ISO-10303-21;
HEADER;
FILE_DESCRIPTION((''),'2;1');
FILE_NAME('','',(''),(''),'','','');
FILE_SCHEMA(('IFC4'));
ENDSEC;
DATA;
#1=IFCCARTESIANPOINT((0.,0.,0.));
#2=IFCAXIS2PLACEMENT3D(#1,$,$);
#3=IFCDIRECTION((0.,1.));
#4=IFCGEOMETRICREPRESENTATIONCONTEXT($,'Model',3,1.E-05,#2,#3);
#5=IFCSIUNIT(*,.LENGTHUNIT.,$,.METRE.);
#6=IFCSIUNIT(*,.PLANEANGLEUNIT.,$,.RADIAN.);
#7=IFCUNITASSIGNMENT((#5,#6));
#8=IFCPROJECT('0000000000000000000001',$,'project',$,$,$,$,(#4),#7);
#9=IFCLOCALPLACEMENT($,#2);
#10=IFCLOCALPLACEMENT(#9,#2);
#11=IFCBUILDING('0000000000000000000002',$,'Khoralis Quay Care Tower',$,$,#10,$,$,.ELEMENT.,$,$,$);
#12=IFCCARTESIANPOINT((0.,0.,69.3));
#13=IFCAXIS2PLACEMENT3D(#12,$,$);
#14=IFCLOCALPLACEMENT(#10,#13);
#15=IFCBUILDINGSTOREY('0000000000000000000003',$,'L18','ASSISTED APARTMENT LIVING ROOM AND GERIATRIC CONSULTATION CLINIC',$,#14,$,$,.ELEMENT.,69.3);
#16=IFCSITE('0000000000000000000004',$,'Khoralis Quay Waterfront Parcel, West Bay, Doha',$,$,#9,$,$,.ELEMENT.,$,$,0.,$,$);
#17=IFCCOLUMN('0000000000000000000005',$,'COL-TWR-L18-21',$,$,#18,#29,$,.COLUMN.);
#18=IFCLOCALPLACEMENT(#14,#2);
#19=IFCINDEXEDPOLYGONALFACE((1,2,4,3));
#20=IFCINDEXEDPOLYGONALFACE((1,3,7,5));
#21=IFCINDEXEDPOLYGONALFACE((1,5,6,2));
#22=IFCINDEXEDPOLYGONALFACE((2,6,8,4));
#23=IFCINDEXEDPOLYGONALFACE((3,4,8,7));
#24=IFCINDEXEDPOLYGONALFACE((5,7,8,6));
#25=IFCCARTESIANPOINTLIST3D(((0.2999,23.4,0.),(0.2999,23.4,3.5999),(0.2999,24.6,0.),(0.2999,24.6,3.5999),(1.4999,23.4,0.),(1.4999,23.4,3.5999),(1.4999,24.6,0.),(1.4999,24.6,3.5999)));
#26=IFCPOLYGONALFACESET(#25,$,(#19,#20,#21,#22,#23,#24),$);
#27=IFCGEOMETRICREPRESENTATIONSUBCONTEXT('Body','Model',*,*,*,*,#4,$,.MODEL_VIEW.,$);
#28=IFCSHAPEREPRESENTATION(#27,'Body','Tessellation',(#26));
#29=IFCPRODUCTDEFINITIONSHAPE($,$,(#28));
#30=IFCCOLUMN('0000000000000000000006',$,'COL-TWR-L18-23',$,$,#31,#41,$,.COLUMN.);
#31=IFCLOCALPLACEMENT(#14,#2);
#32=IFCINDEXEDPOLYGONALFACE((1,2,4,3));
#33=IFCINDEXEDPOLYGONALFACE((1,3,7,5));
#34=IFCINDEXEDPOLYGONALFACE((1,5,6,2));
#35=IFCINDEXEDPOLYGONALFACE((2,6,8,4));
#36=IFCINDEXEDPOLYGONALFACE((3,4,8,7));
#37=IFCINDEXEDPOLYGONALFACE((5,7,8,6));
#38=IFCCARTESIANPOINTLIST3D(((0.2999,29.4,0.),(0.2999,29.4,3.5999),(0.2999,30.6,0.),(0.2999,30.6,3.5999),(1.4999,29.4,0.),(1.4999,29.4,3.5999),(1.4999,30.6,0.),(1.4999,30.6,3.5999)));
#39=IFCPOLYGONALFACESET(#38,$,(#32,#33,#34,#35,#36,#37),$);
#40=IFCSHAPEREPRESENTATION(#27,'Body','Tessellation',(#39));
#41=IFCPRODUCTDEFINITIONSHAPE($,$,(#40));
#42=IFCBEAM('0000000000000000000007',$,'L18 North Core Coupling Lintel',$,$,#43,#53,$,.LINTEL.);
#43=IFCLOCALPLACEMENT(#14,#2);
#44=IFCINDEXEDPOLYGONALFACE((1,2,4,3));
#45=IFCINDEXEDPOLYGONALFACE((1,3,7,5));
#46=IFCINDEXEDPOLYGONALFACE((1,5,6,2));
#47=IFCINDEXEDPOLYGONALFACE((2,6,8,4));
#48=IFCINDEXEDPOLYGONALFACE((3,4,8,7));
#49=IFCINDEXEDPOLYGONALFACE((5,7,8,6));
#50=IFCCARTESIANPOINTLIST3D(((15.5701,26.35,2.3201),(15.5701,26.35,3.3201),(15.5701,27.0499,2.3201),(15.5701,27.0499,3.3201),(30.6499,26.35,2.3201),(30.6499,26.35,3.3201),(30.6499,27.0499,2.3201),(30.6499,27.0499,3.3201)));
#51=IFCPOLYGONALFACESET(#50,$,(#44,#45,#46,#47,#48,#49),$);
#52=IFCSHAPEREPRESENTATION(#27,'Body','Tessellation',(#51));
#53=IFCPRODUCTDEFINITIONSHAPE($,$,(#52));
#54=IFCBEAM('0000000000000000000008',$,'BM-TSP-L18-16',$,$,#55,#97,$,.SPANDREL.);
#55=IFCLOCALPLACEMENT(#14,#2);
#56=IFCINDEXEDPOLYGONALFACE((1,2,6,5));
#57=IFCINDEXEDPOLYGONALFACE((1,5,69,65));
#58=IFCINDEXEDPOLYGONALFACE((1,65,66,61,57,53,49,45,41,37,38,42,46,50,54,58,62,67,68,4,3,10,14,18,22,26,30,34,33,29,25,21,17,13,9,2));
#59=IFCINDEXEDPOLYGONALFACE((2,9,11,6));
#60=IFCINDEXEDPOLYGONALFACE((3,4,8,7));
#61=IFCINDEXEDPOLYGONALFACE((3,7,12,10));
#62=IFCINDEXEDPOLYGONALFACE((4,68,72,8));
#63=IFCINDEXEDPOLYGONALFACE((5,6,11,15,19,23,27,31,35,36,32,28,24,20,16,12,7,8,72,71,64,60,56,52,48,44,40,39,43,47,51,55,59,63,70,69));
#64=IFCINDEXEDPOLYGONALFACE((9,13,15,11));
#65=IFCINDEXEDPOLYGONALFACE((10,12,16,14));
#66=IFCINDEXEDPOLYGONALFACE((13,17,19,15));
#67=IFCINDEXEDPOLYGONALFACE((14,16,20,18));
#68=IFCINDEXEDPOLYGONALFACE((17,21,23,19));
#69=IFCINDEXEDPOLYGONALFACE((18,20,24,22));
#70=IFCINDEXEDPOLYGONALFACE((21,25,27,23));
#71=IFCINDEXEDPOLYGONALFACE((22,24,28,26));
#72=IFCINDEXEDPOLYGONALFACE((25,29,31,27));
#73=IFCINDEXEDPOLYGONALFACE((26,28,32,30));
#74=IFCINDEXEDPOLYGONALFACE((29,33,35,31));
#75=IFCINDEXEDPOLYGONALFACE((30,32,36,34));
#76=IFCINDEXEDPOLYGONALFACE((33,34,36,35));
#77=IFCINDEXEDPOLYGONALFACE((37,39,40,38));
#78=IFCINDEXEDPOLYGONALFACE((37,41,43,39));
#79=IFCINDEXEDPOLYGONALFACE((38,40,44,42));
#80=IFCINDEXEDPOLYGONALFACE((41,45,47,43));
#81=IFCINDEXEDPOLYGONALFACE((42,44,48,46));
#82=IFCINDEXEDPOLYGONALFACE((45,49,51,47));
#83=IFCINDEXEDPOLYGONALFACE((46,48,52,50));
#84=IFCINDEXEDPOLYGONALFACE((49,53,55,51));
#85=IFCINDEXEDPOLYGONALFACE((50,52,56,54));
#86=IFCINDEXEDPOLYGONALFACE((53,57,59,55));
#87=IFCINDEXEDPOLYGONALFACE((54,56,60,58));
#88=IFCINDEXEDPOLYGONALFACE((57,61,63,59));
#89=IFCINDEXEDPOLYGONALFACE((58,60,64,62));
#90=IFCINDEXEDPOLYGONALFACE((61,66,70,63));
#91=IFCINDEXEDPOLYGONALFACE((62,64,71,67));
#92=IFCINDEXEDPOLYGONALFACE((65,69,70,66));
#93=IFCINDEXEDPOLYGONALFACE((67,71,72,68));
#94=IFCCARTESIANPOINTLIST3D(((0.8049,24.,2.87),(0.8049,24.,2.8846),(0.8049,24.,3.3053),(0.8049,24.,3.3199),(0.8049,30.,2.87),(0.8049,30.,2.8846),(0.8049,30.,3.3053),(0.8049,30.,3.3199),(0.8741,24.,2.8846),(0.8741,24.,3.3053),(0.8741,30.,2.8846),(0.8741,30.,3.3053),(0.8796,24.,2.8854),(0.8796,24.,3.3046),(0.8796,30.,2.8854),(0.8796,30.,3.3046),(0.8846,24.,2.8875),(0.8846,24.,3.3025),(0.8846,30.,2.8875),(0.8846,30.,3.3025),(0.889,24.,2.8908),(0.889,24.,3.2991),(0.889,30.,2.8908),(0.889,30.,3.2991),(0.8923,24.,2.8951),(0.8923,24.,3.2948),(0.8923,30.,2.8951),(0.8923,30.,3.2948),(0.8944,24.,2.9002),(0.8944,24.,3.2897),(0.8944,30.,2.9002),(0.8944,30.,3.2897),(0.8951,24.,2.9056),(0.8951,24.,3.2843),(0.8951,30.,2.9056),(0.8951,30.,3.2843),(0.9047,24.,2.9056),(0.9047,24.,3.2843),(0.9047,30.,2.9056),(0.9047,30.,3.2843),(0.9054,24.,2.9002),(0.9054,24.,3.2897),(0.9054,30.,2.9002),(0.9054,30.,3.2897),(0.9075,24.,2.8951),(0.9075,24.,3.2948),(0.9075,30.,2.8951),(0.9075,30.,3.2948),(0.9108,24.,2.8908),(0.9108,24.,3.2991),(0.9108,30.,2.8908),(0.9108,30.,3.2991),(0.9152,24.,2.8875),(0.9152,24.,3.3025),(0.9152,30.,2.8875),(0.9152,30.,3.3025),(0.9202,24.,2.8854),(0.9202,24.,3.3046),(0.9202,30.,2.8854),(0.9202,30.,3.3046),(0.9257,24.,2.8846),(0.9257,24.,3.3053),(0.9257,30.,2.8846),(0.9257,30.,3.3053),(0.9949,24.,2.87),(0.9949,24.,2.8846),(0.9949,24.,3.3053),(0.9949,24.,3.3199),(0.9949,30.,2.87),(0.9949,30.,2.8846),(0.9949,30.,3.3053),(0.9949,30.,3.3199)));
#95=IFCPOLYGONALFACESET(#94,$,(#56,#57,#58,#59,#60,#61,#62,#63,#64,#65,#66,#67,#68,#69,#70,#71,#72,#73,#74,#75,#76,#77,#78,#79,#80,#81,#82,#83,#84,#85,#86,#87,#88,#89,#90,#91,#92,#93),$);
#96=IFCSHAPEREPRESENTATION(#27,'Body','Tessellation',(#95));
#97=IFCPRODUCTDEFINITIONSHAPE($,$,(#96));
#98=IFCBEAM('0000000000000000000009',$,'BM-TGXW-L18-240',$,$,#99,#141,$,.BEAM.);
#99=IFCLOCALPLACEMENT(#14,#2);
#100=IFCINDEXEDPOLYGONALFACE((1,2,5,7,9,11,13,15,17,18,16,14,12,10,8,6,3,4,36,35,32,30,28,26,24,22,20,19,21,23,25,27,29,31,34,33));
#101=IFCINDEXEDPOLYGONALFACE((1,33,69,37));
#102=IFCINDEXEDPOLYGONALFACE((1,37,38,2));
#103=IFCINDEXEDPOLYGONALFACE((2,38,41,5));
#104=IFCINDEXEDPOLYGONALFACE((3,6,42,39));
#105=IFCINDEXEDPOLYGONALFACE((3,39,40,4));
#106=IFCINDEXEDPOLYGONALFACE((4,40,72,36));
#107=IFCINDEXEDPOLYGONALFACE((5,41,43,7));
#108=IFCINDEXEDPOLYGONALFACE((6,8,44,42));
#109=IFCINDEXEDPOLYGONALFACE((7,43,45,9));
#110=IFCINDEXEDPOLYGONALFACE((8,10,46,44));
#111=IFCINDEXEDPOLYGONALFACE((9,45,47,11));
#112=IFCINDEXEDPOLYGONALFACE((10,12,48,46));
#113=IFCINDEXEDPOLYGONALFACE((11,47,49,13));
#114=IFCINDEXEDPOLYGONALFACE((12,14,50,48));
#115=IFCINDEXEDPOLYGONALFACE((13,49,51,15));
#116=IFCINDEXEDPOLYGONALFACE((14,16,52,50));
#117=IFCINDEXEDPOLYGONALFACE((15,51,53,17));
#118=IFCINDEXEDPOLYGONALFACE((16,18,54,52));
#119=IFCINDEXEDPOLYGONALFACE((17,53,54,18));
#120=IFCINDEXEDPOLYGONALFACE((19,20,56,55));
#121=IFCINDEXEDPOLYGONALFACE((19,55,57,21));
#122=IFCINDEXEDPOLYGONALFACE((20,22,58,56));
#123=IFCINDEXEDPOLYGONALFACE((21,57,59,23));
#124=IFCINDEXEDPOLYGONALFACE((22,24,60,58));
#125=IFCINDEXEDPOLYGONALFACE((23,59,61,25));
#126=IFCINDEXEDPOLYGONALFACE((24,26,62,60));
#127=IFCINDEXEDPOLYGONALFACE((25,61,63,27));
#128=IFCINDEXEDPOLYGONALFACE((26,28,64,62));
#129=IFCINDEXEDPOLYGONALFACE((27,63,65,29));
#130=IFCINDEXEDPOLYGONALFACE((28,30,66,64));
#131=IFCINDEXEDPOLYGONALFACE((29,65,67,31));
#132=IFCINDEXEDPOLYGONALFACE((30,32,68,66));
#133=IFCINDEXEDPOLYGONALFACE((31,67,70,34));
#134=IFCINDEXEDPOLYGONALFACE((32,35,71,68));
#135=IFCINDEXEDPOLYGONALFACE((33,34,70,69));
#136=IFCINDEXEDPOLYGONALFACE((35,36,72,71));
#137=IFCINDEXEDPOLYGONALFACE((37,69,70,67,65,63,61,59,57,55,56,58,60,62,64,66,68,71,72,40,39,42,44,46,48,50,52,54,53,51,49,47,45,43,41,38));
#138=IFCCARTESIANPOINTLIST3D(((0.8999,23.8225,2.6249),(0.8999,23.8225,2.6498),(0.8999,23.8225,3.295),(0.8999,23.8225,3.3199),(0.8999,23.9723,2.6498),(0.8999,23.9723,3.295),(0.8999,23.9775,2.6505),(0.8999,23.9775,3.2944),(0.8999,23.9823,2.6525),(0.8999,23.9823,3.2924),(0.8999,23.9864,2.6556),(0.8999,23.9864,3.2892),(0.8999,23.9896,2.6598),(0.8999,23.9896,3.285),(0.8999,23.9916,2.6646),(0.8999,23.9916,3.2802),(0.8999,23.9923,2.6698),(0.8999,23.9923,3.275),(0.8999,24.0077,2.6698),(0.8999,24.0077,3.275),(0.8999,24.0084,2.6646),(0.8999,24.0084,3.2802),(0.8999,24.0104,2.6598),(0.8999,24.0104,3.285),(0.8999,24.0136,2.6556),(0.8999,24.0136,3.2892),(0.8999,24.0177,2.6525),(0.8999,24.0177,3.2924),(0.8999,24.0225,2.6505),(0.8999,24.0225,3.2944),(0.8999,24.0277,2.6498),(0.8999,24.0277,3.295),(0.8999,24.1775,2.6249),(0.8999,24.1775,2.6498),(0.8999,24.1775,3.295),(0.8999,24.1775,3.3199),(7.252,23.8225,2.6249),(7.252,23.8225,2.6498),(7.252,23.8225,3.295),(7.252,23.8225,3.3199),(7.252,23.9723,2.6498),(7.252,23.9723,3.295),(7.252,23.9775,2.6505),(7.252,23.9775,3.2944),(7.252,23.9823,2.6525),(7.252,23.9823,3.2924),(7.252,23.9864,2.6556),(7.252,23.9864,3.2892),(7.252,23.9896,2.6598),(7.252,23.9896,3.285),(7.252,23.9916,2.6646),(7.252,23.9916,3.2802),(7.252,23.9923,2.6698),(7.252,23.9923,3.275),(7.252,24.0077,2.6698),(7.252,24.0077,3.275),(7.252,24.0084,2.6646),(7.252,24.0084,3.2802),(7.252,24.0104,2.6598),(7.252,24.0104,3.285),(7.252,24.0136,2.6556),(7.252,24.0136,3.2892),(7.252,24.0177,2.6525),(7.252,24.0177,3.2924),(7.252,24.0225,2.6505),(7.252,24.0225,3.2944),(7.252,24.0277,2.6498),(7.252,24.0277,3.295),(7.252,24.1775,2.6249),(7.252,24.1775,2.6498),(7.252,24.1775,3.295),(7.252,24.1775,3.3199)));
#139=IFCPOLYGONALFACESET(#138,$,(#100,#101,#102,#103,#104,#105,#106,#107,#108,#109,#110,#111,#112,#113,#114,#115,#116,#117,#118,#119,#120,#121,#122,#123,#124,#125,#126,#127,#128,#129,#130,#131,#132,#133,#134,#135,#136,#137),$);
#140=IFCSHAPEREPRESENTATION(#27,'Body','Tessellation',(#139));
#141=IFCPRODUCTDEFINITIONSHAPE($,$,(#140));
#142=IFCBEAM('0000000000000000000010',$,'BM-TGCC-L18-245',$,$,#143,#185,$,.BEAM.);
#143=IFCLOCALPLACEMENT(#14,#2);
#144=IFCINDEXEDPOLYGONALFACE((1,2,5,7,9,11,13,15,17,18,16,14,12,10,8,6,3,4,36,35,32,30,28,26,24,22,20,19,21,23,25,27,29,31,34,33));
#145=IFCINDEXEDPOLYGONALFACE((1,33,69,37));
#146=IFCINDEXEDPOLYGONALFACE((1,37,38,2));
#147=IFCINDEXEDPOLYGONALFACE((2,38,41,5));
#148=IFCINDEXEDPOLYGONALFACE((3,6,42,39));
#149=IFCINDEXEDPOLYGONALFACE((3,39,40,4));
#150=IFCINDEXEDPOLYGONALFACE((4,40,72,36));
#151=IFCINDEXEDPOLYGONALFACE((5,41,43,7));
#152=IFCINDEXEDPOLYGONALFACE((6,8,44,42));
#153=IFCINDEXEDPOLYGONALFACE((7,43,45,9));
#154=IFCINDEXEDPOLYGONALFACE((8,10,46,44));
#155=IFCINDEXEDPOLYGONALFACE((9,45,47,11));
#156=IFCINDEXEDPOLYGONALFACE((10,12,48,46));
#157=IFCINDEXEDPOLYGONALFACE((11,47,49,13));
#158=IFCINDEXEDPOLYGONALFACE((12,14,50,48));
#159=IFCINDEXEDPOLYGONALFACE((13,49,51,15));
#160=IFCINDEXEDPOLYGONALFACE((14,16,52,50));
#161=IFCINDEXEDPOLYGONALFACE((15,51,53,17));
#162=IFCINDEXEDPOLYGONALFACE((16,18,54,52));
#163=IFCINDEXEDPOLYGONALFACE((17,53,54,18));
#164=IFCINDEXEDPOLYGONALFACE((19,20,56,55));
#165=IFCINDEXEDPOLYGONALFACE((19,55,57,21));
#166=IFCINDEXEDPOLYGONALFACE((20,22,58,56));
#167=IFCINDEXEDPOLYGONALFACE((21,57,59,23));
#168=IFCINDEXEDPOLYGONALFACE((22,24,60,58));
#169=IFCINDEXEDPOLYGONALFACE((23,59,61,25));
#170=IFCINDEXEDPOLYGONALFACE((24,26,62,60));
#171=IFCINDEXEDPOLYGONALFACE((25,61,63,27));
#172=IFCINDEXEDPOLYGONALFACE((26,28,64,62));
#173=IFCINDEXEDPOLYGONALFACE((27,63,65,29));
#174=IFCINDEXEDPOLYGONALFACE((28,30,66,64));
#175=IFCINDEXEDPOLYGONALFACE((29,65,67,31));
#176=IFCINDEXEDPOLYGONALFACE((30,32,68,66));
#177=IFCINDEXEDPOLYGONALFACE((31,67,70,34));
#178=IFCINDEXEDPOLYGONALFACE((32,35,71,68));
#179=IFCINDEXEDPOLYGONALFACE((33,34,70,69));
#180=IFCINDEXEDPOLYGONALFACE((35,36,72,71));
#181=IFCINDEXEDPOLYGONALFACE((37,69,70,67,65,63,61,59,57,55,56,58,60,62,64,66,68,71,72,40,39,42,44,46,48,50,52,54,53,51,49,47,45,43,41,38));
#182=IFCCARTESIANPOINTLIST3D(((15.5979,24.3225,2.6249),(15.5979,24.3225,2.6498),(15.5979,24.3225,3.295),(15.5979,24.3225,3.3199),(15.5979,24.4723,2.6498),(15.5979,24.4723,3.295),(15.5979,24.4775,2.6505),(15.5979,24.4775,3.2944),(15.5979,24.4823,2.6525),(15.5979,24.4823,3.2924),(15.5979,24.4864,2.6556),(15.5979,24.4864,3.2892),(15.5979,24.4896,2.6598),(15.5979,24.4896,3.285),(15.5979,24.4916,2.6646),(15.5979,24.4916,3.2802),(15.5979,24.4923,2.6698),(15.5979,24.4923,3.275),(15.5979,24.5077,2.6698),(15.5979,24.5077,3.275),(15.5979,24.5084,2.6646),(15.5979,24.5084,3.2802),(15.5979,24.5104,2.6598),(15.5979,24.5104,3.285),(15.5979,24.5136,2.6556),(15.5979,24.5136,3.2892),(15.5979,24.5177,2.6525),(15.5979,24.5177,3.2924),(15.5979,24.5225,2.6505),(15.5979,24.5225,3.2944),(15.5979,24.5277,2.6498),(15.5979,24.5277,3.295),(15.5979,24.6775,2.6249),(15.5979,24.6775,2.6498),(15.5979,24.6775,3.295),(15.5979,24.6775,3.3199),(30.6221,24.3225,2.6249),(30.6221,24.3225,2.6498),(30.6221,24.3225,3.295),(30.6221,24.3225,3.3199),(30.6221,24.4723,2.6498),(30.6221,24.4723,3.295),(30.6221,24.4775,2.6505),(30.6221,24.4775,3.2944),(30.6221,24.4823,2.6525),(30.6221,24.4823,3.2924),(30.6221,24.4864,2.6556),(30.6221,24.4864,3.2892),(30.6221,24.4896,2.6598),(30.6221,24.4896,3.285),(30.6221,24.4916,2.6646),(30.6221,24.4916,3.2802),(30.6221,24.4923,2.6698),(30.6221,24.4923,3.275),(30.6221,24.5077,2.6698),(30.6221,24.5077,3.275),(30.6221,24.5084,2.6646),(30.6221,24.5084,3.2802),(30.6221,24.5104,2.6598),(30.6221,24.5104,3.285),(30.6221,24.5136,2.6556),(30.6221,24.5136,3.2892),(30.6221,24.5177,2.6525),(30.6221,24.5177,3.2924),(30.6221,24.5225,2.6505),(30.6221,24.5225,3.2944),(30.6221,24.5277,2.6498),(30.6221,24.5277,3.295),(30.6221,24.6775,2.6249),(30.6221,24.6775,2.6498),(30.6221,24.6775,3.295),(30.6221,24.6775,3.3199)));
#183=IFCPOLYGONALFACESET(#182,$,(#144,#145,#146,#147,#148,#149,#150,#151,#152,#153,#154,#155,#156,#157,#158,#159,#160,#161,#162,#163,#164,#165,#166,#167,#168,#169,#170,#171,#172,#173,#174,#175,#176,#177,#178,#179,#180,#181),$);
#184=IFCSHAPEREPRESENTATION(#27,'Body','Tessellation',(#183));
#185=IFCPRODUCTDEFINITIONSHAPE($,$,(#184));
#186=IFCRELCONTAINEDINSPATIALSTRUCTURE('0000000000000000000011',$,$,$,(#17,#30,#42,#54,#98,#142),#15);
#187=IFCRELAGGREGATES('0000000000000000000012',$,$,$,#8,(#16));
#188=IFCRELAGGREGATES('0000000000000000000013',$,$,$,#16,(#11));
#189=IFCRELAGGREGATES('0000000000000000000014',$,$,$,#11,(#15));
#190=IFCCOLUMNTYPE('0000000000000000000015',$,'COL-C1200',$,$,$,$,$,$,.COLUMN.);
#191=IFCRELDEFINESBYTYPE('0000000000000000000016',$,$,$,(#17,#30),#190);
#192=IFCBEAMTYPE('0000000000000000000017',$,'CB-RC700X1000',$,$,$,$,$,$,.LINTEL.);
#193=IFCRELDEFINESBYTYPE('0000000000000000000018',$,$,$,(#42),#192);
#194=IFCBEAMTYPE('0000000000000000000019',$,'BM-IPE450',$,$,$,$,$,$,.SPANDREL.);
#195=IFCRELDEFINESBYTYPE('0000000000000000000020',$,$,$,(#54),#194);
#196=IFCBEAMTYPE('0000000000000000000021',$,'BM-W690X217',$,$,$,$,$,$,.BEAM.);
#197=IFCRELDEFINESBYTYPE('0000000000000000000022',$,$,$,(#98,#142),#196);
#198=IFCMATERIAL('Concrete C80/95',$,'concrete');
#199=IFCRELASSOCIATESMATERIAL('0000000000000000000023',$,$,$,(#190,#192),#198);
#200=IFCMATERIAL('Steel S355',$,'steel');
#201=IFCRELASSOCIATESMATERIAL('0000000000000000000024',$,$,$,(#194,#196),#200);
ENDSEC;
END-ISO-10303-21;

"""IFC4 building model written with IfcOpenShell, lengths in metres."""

from ifc_helpers import new_model, si_unit, direction, frame, origin, origin_2d, place, context, subcontext, project, spatial, rectangle, i_section, extrude, source, transform, mapped, material, material_profile, profile_set, type_object, element, save


model = new_model("IFC4")

# Units and contexts
model_context = context("Model", 3, precision=1e-05, world=origin(), true_north=direction((0.0, 1.0)))
body_context = subcontext(model_context, "Body", "Model", "MODEL_VIEW")
ifc_project = project(units=[si_unit("LENGTHUNIT", "METRE"), si_unit("PLANEANGLEUNIT", "RADIAN")], contexts=[model_context])

# Site, building, storey
site_placement = place(None, origin())
site = spatial("IfcSite", under=ifc_project, at=site_placement, Name="Khoralis Quay Waterfront Parcel, West Bay, Doha", CompositionType="ELEMENT", RefElevation=0.0)
building_placement = place(site_placement, origin())
building = spatial("IfcBuilding", under=site, at=building_placement, Name="Khoralis Quay Care Tower", CompositionType="ELEMENT")
storey_placement = place(building_placement, frame((0.0, 0.0, 69.3)))
storey = spatial("IfcBuildingStorey", under=building, at=storey_placement, Name="L18", Description="ASSISTED APARTMENT LIVING ROOM AND GERIATRIC CONSULTATION CLINIC", CompositionType="ELEMENT", Elevation=69.3)

# Columns
ifc_material_1 = material(Name="Concrete C80/95", Category="concrete")
ifc_material_profile_1 = material_profile(ifc_material_1, rectangle(XDim=1.2, YDim=1.2, at=origin_2d()), Name="Concrete C80/95")
ifc_profile_set_1 = profile_set([ifc_material_profile_1], Name="Concrete C80/95")
column_type = type_object("IfcColumnType", Name="COL-C1200", PredefinedType="COLUMN", material=ifc_profile_set_1)
shared_shape_1 = source(origin(), body_context, "Body", "SweptSolid", [
    extrude(rectangle(XDim=1.2, YDim=1.2, at=origin_2d()), origin(), (0.0, 0.0, 1.0), 3.5999),
])
for number, where, z_axis, x_axis, name in (
    (1, (0.8999, 24.0, 0.0), (0.0, 0.0, 1.0), (1.0, 0.0, 0.0), "COL-TWR-L18-21"),
    (2, (0.8999, 30.0, 0.0), (0.0, 0.0, 1.0), (1.0, 0.0, 0.0), "COL-TWR-L18-23"),
):
    element("IfcColumn", number, at=place(storey_placement, frame(where, z_axis=z_axis, x_axis=x_axis)), inside=storey, type_object=column_type, Name=name, PredefinedType="COLUMN", context=body_context, shape_type="MappedRepresentation", body=[
        mapped(shared_shape_1, transform((0.0, 0.0, 0.0), scale=1.0)),
    ])

# Beams
ifc_material_profile_2 = material_profile(ifc_material_1, rectangle(XDim=0.7, YDim=1.0, at=origin_2d()), Name="Concrete C80/95")
ifc_profile_set_2 = profile_set([ifc_material_profile_2], Name="Concrete C80/95")
beam_type_1 = type_object("IfcBeamType", Name="CB-RC700X1000", PredefinedType="LINTEL", material=ifc_profile_set_2)
shared_shape_2 = source(origin(), body_context, "Body", "SweptSolid", [
    extrude(rectangle(XDim=0.7, YDim=1.0, at=origin_2d()), origin(), (0.0, 0.0, 1.0), 15.0798),
])
beam_1_placement = place(storey_placement, frame((15.5701, 26.7, 2.8201), z_axis=(1.0, 0.0, 0.0), x_axis=(0.0, 1.0, 0.0)))
element("IfcBeam", 3, at=beam_1_placement, inside=storey, type_object=beam_type_1, Name="L18 North Core Coupling Lintel", PredefinedType="LINTEL", context=body_context, shape_type="MappedRepresentation", body=[
    mapped(shared_shape_2, transform((0.0, 0.0, 0.0), scale=1.0)),
])
ifc_material_2 = material(Name="Steel S355", Category="steel")
ifc_material_profile_3 = material_profile(ifc_material_2, i_section(OverallWidth=0.1899, OverallDepth=0.45, WebThickness=0.0095, FlangeThickness=0.0146, FilletRadius=0.021, at=origin_2d()), Name="Steel S355")
ifc_profile_set_3 = profile_set([ifc_material_profile_3], Name="Steel S355")
beam_type_2 = type_object("IfcBeamType", Name="BM-IPE450", PredefinedType="SPANDREL", material=ifc_profile_set_3)
shared_shape_3 = source(origin(), body_context, "Body", "SweptSolid", [
    extrude(i_section(OverallWidth=0.1899, OverallDepth=0.45, WebThickness=0.0095, FlangeThickness=0.0146, FilletRadius=0.021, at=origin_2d()), origin(), (0.0, 0.0, 1.0), 6.0),
])
beam_2_placement = place(storey_placement, frame((0.8999, 24.0, 3.095), z_axis=(0.0, 1.0, 0.0), x_axis=(-1.0, 0.0, 0.0)))
element("IfcBeam", 4, at=beam_2_placement, inside=storey, type_object=beam_type_2, Name="BM-TSP-L18-16", PredefinedType="SPANDREL", context=body_context, shape_type="MappedRepresentation", body=[
    mapped(shared_shape_3, transform((0.0, 0.0, 0.0), scale=1.0)),
])
ifc_material_profile_4 = material_profile(ifc_material_2, i_section(OverallWidth=0.355, OverallDepth=0.6951, WebThickness=0.0154, FlangeThickness=0.0249, FilletRadius=0.02, at=origin_2d()), Name="Steel S355")
ifc_profile_set_4 = profile_set([ifc_material_profile_4], Name="Steel S355")
beam_type_3 = type_object("IfcBeamType", Name="BM-W690X217", PredefinedType="BEAM", material=ifc_profile_set_4)
shared_shape_4 = source(origin(), body_context, "Body", "SweptSolid", [
    extrude(i_section(OverallWidth=0.355, OverallDepth=0.6951, WebThickness=0.0154, FlangeThickness=0.0249, FilletRadius=0.02, at=origin_2d()), origin(), (0.0, 0.0, 1.0), 6.3521),
])
beam_3_placement = place(storey_placement, frame((0.8999, 24.0, 2.9724), z_axis=(1.0, 0.0, 0.0), x_axis=(0.0, 1.0, 0.0)))
element("IfcBeam", 5, at=beam_3_placement, inside=storey, type_object=beam_type_3, Name="BM-TGXW-L18-240", PredefinedType="BEAM", context=body_context, shape_type="MappedRepresentation", body=[
    mapped(shared_shape_4, transform((0.0, 0.0, 0.0), scale=1.0)),
])
shared_shape_5 = source(origin(), body_context, "Body", "SweptSolid", [
    extrude(i_section(OverallWidth=0.355, OverallDepth=0.6951, WebThickness=0.0154, FlangeThickness=0.0249, FilletRadius=0.02, at=origin_2d()), origin(), (0.0, 0.0, 1.0), 15.0242),
])
beam_4_placement = place(storey_placement, frame((15.5979, 24.5, 2.9724), z_axis=(1.0, 0.0, 0.0), x_axis=(0.0, 1.0, 0.0)))
element("IfcBeam", 6, at=beam_4_placement, inside=storey, type_object=beam_type_3, Name="BM-TGCC-L18-245", PredefinedType="BEAM", context=body_context, shape_type="MappedRepresentation", body=[
    mapped(shared_shape_5, transform((0.0, 0.0, 0.0), scale=1.0)),
])

save(model, "model.ifc")
